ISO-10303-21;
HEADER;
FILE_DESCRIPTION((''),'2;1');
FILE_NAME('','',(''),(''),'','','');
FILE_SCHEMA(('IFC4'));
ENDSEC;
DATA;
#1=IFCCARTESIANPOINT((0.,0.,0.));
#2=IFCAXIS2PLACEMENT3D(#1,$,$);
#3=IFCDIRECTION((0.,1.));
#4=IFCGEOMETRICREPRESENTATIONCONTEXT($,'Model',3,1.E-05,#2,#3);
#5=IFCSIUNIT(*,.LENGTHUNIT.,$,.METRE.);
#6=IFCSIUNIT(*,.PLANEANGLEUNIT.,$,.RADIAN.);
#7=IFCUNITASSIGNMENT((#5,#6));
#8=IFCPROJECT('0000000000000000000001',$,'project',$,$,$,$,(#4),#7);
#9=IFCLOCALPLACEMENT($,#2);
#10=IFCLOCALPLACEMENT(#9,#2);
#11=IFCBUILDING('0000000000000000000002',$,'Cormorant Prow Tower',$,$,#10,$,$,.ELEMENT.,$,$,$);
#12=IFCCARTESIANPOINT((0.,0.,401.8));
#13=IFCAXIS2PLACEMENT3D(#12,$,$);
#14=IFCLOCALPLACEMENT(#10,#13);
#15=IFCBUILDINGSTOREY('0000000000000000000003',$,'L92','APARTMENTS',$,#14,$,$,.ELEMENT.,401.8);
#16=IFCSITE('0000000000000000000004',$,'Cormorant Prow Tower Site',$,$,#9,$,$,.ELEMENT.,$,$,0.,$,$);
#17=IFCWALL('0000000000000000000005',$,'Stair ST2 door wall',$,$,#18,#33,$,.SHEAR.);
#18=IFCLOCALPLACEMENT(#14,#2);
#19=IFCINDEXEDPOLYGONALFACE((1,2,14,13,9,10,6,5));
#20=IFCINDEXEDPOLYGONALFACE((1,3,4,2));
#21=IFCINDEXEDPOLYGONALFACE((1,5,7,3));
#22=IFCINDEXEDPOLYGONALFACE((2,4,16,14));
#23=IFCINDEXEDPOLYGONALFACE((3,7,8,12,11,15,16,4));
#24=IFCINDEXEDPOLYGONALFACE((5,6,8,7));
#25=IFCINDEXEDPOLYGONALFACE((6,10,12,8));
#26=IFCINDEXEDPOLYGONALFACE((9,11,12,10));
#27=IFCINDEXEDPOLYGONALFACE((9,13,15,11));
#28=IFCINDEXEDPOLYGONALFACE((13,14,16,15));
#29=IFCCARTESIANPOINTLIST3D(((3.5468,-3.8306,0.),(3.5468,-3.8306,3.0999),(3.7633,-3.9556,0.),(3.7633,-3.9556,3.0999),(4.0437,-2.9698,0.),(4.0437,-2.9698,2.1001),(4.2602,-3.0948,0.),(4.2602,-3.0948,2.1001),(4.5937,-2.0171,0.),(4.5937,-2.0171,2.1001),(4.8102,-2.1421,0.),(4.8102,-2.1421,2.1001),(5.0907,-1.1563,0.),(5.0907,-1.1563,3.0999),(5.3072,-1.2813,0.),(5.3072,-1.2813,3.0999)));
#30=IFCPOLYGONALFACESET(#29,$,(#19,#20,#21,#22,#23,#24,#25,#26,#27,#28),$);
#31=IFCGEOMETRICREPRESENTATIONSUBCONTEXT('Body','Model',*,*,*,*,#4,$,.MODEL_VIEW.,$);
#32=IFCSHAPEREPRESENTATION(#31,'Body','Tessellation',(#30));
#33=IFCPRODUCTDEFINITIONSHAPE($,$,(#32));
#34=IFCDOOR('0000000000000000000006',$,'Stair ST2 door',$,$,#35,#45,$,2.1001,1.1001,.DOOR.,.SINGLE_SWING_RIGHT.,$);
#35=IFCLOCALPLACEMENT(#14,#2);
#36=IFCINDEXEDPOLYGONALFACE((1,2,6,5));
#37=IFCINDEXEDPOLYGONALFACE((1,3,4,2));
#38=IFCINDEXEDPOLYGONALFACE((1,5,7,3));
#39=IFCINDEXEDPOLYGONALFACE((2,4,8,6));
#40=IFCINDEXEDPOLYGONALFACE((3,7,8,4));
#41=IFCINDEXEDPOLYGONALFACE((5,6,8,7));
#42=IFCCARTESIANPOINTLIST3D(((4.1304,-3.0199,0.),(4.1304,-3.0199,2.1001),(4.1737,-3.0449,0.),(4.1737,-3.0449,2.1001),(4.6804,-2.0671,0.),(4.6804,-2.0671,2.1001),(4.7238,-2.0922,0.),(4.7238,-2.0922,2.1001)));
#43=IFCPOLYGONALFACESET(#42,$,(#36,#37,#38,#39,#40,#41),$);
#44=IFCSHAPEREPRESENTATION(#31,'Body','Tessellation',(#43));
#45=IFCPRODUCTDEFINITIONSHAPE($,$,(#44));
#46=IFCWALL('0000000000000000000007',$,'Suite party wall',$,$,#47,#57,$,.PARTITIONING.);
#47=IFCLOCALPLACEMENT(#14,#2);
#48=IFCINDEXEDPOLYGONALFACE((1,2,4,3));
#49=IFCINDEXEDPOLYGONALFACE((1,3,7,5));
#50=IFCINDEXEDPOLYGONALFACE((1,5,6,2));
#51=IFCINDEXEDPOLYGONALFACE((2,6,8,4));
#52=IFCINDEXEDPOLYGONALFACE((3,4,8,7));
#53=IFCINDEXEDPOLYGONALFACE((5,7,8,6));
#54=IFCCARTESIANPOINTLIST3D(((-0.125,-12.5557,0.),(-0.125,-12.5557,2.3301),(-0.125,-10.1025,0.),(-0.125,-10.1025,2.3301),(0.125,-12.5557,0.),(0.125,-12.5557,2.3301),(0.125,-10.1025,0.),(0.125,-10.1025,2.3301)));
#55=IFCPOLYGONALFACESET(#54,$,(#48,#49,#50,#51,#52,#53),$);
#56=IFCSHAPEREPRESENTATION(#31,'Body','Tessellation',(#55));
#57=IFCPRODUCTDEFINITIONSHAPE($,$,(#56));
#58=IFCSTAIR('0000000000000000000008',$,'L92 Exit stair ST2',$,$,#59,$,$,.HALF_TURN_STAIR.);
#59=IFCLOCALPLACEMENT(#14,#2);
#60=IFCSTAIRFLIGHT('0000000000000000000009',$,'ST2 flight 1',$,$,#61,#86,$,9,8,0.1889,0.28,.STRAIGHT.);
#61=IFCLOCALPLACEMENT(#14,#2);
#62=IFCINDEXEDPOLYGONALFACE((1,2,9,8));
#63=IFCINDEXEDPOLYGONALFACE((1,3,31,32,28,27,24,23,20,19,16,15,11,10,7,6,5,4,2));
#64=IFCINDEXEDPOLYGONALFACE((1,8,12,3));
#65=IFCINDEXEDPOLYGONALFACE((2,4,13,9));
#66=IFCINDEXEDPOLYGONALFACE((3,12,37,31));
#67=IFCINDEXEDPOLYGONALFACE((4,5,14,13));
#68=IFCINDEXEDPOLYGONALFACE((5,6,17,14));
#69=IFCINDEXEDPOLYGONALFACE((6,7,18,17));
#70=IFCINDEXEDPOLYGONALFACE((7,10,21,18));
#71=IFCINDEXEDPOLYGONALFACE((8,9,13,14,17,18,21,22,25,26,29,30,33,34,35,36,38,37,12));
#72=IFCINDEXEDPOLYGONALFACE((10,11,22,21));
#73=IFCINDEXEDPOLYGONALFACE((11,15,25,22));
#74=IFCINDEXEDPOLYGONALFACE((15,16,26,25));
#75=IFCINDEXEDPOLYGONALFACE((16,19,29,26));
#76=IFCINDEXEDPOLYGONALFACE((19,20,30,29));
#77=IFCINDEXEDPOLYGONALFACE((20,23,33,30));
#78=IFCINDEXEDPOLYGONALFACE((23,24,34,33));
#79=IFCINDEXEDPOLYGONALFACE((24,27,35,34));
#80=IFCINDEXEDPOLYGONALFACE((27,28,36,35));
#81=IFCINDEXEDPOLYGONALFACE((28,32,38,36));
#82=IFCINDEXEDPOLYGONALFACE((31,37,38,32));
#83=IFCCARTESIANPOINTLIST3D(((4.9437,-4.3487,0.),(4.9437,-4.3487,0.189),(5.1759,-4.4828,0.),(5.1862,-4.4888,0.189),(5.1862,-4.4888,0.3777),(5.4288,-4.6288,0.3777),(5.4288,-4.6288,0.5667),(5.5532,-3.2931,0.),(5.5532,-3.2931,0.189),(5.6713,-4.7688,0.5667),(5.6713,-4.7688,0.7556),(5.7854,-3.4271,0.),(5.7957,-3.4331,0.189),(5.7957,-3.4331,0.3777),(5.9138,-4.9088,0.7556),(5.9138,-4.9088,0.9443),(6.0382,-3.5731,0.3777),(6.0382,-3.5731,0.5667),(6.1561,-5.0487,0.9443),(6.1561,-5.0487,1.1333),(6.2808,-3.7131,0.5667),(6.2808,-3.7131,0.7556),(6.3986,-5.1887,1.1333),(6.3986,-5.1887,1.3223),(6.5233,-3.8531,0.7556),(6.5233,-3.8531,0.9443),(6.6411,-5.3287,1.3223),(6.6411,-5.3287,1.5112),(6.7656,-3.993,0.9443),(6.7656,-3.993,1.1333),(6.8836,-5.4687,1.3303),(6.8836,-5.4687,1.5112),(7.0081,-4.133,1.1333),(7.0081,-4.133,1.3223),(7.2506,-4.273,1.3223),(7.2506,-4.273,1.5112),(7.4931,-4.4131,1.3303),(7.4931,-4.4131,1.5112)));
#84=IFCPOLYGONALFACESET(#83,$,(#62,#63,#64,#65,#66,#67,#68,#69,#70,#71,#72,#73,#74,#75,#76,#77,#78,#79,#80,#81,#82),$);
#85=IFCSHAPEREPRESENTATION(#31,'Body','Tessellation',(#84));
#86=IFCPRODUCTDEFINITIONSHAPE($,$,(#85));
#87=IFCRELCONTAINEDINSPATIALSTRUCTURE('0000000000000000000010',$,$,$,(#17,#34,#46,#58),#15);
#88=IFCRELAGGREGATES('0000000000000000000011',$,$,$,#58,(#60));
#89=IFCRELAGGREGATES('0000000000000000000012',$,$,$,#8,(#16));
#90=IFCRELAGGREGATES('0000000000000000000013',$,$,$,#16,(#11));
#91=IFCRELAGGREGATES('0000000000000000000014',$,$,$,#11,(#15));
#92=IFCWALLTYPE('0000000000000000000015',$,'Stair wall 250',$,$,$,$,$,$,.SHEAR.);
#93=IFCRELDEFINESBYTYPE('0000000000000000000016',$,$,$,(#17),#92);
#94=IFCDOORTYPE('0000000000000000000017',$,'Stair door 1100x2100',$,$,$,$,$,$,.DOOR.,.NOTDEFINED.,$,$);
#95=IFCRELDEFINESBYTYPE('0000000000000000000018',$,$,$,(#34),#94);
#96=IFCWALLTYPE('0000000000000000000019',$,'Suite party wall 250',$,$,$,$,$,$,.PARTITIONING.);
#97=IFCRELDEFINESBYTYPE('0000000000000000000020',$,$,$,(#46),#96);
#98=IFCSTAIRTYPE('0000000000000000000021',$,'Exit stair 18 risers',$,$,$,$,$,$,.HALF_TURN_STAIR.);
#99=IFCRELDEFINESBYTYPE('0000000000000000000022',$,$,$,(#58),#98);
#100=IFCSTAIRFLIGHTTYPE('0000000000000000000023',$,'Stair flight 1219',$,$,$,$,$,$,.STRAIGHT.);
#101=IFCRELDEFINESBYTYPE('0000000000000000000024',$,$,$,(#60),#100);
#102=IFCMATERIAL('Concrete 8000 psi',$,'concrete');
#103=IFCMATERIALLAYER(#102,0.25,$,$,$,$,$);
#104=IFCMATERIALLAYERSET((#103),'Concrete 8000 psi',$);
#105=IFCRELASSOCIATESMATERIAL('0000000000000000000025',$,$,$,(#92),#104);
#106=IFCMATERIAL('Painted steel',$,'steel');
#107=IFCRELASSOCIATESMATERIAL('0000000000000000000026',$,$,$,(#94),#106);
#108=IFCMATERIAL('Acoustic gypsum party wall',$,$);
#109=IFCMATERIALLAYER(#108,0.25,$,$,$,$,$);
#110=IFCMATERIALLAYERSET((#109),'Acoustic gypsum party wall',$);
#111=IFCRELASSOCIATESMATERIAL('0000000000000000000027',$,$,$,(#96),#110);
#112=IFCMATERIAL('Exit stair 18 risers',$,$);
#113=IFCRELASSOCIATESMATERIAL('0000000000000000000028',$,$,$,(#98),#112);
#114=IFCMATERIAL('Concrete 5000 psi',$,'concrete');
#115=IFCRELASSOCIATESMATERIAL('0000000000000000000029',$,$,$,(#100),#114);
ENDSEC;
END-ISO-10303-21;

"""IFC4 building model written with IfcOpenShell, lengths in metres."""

from ifc_helpers import new_model, si_unit, direction, frame, frame_2d, origin, place, context, subcontext, project, spatial, polyline, rectangle, outline, extrude, material, layer, layer_set, type_object, element, fill, aggregate, save


model = new_model("IFC4")

# Units and contexts
model_context = context("Model", 3, precision=1e-05, world=origin(), true_north=direction((0.0, 1.0)))
body_context = subcontext(model_context, "Body", "Model", "MODEL_VIEW")
ifc_project = project(units=[si_unit("LENGTHUNIT", "METRE"), si_unit("PLANEANGLEUNIT", "RADIAN")], contexts=[model_context])

# Site, building, storey
site_placement = place(None, origin())
site = spatial("IfcSite", under=ifc_project, at=site_placement, Name="Cormorant Prow Tower Site", CompositionType="ELEMENT", RefElevation=0.0)
building_placement = place(site_placement, origin())
building = spatial("IfcBuilding", under=site, at=building_placement, Name="Cormorant Prow Tower", CompositionType="ELEMENT")
storey_placement = place(building_placement, frame((0.0, 0.0, 401.8)))
storey = spatial("IfcBuildingStorey", under=building, at=storey_placement, Name="L92", Description="APARTMENTS", CompositionType="ELEMENT", Elevation=401.8)

# Wall, opening, door
ifc_material_1 = material(Name="Concrete 8000 psi", Category="concrete")
ifc_layer_1 = layer(ifc_material_1, 0.25)
ifc_layer_set_1 = layer_set([ifc_layer_1], Name="Concrete 8000 psi")
wall_type_1 = type_object("IfcWallType", Name="Stair wall 250", PredefinedType="SHEAR", material=ifc_layer_set_1)
wall_1_placement = place(storey_placement, frame((3.655, -3.8931, 0.0), z_axis=(0.0, 0.0, 1.0), x_axis=(0.499983, 0.866035, 0.0)))
wall_1 = element("IfcWall", 1, at=wall_1_placement, inside=storey, type_object=wall_type_1, Name="Stair ST2 door wall", PredefinedType="SHEAR", context=body_context, shape_type="SweptSolid", body=[
    extrude(rectangle(XDim=3.0879, YDim=0.25, at=frame_2d((1.5439, 0.0))), origin(), (0.0, 0.0, 1.0), 3.0999),
])
opening_1_placement = place(wall_1_placement, frame((0.9939, 0.0, 0.0)))
opening_1 = element("IfcOpeningElement", 2, at=opening_1_placement, cuts=wall_1, PredefinedType="OPENING", context=body_context, shape_type="SweptSolid", body=[
    extrude(rectangle(XDim=1.1001, YDim=2.1001, at=frame_2d((0.55, 1.05))), frame((0.0, 0.135, 0.0), z_axis=(0.0, -1.0, 0.0), x_axis=(1.0, 0.0, 0.0)), (0.0, 0.0, 1.0), 0.27),
])
ifc_material_2 = material(Name="Painted steel", Category="steel")
door_type_1 = type_object("IfcDoorType", Name="Stair door 1100x2100", OperationType="NOTDEFINED", PredefinedType="DOOR", material=ifc_material_2)
door_1_placement = place(opening_1_placement, origin())
door_1 = element("IfcDoor", 3, at=door_1_placement, inside=storey, type_object=door_type_1, Name="Stair ST2 door", OperationType="SINGLE_SWING_RIGHT", OverallHeight=2.1001, OverallWidth=1.1001, PredefinedType="DOOR", context=body_context, shape_type="SweptSolid", body=[
    extrude(rectangle(XDim=1.1001, YDim=2.1001, at=frame_2d((0.55, 1.05))), frame((0.0, 0.0249, 0.0), z_axis=(0.0, -1.0, 0.0), x_axis=(1.0, 0.0, 0.0)), (0.0, 0.0, 1.0), 0.05),
])
fill(opening_1, door_1)

# Wall
ifc_material_3 = material(Name="Acoustic gypsum party wall")
ifc_layer_2 = layer(ifc_material_3, 0.25)
ifc_layer_set_2 = layer_set([ifc_layer_2], Name="Acoustic gypsum party wall")
wall_type_2 = type_object("IfcWallType", Name="Suite party wall 250", PredefinedType="PARTITIONING", material=ifc_layer_set_2)
wall_2_placement = place(storey_placement, frame((0.0, -12.5557, 0.0), z_axis=(0.0, 0.0, 1.0), x_axis=(0.0, 1.0, 0.0)))
element("IfcWall", 4, at=wall_2_placement, inside=storey, type_object=wall_type_2, Name="Suite party wall", PredefinedType="PARTITIONING", context=body_context, shape_type="SweptSolid", body=[
    extrude(rectangle(XDim=2.4531, YDim=0.25, at=frame_2d((1.2266, 0.0))), origin(), (0.0, 0.0, 1.0), 2.3301),
])

# Stair, stair flight
ifc_material_4 = material(Name="Exit stair 18 risers")
stair_type = type_object("IfcStairType", Name="Exit stair 18 risers", PredefinedType="HALF_TURN_STAIR", material=ifc_material_4)
stair_placement = place(storey_placement, origin())
stair = element("IfcStair", 5, at=stair_placement, inside=storey, type_object=stair_type, Name="L92 Exit stair ST2", PredefinedType="HALF_TURN_STAIR")
ifc_material_5 = material(Name="Concrete 5000 psi", Category="concrete")
stair_flight_type = type_object("IfcStairFlightType", Name="Stair flight 1219", PredefinedType="STRAIGHT", material=ifc_material_5)
stair_flight_placement = place(storey_placement, frame((5.2485, -3.8208, 0.0), z_axis=(0.0, 0.0, 1.0), x_axis=(0.866025, -0.5, 0.0)))
stair_flight = element("IfcStairFlight", 6, at=stair_flight_placement, type_object=stair_flight_type, Name="ST2 flight 1", NumberOfRisers=9, NumberOfTreads=8, PredefinedType="STRAIGHT", RiserHeight=0.1889, TreadLength=0.28, context=body_context, shape_type="SweptSolid", body=[
    extrude(outline(polyline([(0.0, 0.0), (0.0, 0.189), (0.28, 0.189), (0.28, 0.3777), (0.5601, 0.3777), (0.5601, 0.5667), (0.8401, 0.5667), (0.8401, 0.7556), (1.1201, 0.7556), (1.1201, 0.9443), (1.3999, 0.9443), (1.3999, 1.1333), (1.6799, 1.1333), (1.6799, 1.3223), (1.96, 1.3223), (1.96, 1.5112), (2.24, 1.5112), (2.24, 1.7), (2.24, 1.3303), (0.2681, 0.0), (0.0, 0.0)])), frame((0.0, 0.6094, 0.0), z_axis=(0.0, -1.0, 0.0), x_axis=(1.0, 0.0, 0.0)), (0.0, 0.0, 1.0), 1.219),
])
aggregate(stair, [stair_flight])

save(model, "model.ifc")
